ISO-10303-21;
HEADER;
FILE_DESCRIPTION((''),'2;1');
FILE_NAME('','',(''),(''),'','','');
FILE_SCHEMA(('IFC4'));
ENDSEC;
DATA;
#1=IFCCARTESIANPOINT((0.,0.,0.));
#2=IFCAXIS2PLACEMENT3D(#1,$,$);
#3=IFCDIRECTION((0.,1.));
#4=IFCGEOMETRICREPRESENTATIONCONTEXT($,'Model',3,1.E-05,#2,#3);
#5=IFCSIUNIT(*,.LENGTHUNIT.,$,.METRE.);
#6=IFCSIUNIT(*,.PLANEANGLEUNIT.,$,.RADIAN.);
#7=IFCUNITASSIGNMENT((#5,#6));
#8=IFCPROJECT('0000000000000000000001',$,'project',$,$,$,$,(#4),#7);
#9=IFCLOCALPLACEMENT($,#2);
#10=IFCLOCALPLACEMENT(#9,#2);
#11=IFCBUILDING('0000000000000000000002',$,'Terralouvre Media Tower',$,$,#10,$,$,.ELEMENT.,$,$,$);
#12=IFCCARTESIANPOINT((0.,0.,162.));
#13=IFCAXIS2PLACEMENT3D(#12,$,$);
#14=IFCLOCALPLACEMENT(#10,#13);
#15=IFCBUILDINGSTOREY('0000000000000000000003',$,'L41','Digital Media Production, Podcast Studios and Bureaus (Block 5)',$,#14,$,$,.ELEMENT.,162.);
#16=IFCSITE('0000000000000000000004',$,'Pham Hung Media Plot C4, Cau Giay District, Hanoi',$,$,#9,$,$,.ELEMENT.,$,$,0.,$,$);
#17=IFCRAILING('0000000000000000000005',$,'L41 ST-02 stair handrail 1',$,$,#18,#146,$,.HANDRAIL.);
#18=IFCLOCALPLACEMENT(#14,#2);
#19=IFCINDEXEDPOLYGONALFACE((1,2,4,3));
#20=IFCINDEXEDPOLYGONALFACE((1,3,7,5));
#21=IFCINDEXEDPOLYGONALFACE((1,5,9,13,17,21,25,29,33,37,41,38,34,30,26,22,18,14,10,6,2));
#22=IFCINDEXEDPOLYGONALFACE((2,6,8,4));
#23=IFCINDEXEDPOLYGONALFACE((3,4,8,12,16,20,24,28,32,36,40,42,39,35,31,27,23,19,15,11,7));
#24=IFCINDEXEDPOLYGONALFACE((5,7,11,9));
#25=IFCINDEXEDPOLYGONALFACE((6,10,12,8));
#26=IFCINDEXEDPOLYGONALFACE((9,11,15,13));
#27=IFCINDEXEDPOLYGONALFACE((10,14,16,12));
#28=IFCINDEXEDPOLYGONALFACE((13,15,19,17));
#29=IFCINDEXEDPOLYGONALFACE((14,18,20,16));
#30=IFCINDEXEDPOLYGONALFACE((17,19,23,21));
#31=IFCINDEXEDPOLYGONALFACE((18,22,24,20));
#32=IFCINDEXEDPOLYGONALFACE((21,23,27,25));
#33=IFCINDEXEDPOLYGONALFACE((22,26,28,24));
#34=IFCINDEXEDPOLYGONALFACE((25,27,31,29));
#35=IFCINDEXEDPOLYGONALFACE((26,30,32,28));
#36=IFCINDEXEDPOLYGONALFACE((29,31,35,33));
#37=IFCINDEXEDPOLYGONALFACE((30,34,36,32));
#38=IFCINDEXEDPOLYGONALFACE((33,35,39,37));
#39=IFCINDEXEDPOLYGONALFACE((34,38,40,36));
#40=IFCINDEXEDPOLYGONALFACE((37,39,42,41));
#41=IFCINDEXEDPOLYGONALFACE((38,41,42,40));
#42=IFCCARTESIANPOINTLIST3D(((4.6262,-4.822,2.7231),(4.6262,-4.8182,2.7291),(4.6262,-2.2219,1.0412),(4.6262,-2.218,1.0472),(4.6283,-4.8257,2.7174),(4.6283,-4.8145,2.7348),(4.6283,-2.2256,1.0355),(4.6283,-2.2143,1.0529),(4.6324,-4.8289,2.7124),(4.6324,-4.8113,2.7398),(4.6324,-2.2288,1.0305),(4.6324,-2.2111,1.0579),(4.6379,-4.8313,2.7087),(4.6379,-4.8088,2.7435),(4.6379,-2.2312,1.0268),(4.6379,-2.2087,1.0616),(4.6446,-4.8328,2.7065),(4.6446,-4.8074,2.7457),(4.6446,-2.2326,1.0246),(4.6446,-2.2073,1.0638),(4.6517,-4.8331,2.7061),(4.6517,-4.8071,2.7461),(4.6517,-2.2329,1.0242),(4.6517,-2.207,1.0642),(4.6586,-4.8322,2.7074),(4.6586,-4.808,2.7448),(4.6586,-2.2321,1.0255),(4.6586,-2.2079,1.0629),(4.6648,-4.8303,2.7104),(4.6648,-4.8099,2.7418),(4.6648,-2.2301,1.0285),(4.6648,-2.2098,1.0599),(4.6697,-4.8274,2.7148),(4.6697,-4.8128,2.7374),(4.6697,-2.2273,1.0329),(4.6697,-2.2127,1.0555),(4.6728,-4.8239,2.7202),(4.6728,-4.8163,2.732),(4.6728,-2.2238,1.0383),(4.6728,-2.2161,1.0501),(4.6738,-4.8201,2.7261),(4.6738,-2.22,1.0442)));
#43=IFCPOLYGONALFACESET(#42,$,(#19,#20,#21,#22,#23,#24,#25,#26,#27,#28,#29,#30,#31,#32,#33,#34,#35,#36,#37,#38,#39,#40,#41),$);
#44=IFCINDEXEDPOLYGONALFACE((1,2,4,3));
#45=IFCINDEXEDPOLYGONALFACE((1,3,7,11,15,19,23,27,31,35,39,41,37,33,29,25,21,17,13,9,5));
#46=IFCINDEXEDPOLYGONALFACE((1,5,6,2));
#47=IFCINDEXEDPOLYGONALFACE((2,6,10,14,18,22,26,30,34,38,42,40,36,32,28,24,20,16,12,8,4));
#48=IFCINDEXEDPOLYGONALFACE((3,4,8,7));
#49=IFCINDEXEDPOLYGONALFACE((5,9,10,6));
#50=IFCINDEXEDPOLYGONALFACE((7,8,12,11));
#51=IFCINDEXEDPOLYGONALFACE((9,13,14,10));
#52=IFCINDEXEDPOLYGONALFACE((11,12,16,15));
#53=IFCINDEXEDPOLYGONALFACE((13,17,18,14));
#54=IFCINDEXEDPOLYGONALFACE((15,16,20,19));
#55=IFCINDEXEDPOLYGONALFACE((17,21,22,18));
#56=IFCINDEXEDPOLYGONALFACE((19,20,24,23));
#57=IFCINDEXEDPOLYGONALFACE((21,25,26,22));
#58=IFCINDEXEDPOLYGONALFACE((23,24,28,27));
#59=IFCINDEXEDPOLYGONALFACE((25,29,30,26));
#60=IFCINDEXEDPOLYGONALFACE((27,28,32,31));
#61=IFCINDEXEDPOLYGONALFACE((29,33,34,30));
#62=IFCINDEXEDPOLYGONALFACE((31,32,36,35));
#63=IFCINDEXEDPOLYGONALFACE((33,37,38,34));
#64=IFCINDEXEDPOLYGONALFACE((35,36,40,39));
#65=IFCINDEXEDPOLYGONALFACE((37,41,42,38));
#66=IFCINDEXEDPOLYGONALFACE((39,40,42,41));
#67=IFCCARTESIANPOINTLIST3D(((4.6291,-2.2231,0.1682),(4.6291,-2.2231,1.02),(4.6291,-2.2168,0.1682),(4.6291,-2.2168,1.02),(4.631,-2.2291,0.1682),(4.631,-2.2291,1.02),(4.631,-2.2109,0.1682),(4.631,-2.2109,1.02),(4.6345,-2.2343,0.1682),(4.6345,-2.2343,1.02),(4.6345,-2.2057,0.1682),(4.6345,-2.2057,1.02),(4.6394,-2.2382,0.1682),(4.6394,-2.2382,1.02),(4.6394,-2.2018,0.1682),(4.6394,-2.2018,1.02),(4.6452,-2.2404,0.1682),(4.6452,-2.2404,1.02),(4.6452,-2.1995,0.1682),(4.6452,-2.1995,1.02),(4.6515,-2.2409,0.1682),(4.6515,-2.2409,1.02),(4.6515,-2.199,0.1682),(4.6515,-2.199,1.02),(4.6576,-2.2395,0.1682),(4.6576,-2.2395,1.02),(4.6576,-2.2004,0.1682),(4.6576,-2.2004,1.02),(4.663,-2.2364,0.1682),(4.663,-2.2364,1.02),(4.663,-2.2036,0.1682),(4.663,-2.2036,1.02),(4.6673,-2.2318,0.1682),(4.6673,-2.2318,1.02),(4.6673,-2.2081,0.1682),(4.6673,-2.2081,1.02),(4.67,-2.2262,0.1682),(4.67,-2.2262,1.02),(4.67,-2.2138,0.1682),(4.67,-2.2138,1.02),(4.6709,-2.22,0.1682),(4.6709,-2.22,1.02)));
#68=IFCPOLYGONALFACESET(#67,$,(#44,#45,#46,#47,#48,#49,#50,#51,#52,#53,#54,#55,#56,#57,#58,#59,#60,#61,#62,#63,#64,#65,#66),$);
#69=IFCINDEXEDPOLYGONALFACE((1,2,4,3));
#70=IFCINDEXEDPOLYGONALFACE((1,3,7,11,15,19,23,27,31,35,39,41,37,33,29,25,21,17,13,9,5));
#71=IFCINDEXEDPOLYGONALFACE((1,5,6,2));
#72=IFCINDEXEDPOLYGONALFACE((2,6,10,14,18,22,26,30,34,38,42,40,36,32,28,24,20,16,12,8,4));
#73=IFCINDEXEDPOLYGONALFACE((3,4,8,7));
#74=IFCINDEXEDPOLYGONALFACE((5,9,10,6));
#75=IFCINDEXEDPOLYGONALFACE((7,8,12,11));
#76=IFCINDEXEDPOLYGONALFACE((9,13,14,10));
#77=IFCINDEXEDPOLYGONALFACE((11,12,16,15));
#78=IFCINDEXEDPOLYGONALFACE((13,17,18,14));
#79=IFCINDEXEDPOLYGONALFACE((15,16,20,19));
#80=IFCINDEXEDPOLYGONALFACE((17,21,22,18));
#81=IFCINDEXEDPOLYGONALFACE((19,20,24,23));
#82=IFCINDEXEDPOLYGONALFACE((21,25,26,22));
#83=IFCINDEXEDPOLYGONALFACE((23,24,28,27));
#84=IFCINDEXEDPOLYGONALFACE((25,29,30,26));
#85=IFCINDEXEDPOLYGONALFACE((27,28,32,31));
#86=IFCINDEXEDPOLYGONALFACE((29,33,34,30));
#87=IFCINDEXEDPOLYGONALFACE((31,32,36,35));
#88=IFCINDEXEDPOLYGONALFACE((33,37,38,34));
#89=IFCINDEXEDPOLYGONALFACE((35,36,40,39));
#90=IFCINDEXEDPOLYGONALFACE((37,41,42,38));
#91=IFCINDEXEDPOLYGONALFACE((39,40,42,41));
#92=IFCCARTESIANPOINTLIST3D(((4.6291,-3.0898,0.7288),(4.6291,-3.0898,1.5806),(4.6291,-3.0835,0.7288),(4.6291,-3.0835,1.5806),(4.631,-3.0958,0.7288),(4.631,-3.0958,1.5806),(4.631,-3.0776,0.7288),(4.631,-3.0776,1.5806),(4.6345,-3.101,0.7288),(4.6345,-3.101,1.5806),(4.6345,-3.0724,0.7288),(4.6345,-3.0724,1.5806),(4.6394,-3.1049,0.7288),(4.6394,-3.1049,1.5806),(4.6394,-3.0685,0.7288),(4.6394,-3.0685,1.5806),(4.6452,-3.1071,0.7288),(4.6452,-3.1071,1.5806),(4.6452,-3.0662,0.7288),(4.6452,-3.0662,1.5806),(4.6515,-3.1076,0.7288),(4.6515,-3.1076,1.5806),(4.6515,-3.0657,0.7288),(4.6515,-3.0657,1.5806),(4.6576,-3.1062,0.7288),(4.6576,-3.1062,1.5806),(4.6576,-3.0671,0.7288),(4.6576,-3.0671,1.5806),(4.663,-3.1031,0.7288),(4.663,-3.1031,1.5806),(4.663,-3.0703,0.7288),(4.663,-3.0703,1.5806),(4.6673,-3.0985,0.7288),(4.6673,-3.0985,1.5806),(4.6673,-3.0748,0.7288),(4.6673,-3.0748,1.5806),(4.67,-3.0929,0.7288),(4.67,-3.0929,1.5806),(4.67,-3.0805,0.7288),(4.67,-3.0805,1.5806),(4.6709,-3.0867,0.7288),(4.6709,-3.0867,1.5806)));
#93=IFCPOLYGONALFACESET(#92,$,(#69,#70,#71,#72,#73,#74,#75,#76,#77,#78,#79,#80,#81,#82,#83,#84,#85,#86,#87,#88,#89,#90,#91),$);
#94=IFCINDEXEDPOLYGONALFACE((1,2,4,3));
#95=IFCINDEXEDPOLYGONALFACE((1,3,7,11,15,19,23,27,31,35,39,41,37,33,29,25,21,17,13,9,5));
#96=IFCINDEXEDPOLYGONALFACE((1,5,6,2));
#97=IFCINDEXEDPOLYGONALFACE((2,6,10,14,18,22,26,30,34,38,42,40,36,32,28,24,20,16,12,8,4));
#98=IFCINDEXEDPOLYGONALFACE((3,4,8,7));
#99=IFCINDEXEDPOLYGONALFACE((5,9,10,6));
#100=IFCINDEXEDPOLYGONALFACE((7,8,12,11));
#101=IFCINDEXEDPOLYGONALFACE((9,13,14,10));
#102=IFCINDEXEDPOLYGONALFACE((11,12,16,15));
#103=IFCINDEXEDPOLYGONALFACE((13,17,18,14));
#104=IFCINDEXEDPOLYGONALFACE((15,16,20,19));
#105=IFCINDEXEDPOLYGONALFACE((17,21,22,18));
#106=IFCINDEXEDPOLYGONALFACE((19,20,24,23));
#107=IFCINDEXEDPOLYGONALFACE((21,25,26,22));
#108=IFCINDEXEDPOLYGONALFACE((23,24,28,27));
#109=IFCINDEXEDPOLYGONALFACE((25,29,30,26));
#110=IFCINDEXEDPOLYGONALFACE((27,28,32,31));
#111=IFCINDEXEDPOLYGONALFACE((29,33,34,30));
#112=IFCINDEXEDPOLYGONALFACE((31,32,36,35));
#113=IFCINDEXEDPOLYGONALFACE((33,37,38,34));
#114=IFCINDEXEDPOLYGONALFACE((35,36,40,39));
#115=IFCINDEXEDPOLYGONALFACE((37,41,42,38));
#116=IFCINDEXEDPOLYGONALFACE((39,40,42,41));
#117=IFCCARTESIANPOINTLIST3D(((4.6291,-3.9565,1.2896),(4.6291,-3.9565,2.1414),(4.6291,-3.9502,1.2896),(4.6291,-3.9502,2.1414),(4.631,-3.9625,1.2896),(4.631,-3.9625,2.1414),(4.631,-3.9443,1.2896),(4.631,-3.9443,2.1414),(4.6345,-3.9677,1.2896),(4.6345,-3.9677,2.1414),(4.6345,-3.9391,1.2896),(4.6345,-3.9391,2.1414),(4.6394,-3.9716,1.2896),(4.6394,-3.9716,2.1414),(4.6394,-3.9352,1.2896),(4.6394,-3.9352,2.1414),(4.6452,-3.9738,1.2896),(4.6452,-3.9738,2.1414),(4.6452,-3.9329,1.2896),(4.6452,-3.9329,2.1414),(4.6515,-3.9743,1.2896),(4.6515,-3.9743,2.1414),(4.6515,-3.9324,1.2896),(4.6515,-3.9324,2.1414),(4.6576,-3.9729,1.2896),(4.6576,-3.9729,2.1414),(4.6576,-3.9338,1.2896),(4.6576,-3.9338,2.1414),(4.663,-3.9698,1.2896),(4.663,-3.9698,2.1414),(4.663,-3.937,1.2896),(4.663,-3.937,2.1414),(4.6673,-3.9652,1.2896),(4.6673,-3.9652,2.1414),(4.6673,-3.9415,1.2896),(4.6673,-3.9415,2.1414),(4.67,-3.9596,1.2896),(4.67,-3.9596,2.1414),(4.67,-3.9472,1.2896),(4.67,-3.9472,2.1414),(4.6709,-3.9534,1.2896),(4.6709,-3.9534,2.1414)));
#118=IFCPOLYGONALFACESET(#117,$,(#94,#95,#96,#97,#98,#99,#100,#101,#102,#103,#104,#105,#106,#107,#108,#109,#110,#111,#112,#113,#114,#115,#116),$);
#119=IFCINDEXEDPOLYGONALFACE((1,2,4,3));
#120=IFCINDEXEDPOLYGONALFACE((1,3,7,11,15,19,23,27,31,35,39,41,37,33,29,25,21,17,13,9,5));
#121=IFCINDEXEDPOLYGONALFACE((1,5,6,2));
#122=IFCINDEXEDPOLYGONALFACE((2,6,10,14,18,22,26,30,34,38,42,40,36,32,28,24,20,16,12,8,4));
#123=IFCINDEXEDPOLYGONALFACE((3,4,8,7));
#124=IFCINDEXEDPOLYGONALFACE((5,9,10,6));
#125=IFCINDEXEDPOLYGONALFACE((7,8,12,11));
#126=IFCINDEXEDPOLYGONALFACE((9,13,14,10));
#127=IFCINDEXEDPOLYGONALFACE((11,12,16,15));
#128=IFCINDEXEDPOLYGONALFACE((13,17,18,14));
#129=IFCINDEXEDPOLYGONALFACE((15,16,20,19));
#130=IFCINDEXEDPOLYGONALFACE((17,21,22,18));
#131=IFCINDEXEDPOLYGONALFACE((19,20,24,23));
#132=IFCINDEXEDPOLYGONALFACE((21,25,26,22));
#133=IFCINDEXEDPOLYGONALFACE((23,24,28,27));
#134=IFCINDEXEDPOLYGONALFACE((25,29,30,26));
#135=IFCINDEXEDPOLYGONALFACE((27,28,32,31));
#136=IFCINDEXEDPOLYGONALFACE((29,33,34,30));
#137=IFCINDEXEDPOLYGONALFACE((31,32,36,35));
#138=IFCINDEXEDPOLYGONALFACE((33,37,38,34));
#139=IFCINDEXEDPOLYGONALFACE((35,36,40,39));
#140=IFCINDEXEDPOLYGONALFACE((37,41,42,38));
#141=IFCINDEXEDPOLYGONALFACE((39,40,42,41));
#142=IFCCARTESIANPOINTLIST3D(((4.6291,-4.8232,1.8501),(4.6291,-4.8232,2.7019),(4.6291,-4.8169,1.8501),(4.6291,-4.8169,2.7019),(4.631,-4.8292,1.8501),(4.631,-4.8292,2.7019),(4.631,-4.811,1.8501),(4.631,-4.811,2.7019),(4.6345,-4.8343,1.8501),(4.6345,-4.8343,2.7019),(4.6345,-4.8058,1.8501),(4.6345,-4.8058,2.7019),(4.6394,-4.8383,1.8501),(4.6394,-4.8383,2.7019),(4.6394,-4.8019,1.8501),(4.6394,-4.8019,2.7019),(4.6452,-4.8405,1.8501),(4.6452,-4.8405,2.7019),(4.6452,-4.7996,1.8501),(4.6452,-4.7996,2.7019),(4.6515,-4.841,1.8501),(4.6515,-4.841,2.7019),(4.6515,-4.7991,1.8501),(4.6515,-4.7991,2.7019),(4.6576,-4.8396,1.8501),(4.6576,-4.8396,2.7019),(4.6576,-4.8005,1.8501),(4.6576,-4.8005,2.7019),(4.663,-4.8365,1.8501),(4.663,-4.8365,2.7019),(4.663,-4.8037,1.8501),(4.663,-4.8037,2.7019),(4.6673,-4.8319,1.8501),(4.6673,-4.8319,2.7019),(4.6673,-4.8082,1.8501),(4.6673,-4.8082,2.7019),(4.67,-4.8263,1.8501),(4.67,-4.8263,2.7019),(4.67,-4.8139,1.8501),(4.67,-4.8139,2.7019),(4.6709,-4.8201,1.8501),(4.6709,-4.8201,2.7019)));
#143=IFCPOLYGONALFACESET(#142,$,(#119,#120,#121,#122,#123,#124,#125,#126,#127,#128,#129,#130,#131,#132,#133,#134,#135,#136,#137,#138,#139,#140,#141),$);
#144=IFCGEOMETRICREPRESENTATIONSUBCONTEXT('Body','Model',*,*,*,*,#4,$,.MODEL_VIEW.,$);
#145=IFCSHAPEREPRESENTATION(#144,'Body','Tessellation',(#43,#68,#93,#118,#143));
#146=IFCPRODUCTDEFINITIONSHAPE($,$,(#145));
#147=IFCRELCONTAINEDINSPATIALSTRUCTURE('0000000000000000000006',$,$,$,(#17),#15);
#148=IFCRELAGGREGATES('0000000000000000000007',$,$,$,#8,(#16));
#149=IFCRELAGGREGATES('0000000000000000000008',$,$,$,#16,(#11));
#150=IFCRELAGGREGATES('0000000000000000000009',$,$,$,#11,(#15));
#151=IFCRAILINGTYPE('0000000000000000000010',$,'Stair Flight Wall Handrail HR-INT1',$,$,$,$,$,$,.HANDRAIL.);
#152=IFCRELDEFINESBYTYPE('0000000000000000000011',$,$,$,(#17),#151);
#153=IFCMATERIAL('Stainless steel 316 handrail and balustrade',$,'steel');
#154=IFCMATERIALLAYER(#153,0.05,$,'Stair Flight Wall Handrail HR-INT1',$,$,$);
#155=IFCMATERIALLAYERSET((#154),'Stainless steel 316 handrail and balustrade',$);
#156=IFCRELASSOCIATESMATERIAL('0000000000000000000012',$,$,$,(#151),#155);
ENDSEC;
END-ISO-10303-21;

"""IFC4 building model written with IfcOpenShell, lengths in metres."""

from ifc_helpers import new_model, si_unit, direction, frame, origin, origin_2d, place, context, subcontext, project, spatial, circle, extrude, material, layer, layer_set, type_object, element, save


model = new_model("IFC4")

# Units and contexts
model_context = context("Model", 3, precision=1e-05, world=origin(), true_north=direction((0.0, 1.0)))
body_context = subcontext(model_context, "Body", "Model", "MODEL_VIEW")
ifc_project = project(units=[si_unit("LENGTHUNIT", "METRE"), si_unit("PLANEANGLEUNIT", "RADIAN")], contexts=[model_context])

# Site, building, storey
site_placement = place(None, origin())
site = spatial("IfcSite", under=ifc_project, at=site_placement, Name="Pham Hung Media Plot C4, Cau Giay District, Hanoi", CompositionType="ELEMENT", RefElevation=0.0)
building_placement = place(site_placement, origin())
building = spatial("IfcBuilding", under=site, at=building_placement, Name="Terralouvre Media Tower", CompositionType="ELEMENT")
storey_placement = place(building_placement, frame((0.0, 0.0, 162.0)))
storey = spatial("IfcBuildingStorey", under=building, at=storey_placement, Name="L41", Description="Digital Media Production, Podcast Studios and Bureaus (Block 5)", CompositionType="ELEMENT", Elevation=162.0)

# Railing
ifc_material_1 = material(Name="Stainless steel 316 handrail and balustrade", Category="steel")
ifc_layer_1 = layer(ifc_material_1, 0.05, Name="Stair Flight Wall Handrail HR-INT1")
ifc_layer_set_1 = layer_set([ifc_layer_1], Name="Stainless steel 316 handrail and balustrade")
railing_type_1 = type_object("IfcRailingType", Name="Stair Flight Wall Handrail HR-INT1", PredefinedType="HANDRAIL", material=ifc_layer_set_1)
railing_1_placement = place(storey_placement, frame((4.6499, -2.22, 0.1682)))
element("IfcRailing", 1, at=railing_1_placement, inside=storey, type_object=railing_type_1, Name="L41 ST-02 stair handrail 1", PredefinedType="HANDRAIL", context=body_context, shape_type="SweptSolid", body=[
    extrude(circle(Radius=0.0239, at=origin_2d()), frame((0.0, 0.0, 0.876), z_axis=(0.0, -0.839648, 0.54313), x_axis=(1.0, 0.0, 0.0)), (0.0, 0.0, 1.0), 3.0967),
    extrude(circle(Radius=0.021, at=origin_2d()), origin(), (0.0, 0.0, 1.0), 0.8518),
    extrude(circle(Radius=0.021, at=origin_2d()), frame((0.0, -0.8667, 0.5605)), (0.0, 0.0, 1.0), 0.8518),
    extrude(circle(Radius=0.021, at=origin_2d()), frame((0.0, -1.7334, 1.1213)), (0.0, 0.0, 1.0), 0.8518),
    extrude(circle(Radius=0.021, at=origin_2d()), frame((0.0, -2.6001, 1.6819)), (0.0, 0.0, 1.0), 0.8518),
])

save(model, "model.ifc")
